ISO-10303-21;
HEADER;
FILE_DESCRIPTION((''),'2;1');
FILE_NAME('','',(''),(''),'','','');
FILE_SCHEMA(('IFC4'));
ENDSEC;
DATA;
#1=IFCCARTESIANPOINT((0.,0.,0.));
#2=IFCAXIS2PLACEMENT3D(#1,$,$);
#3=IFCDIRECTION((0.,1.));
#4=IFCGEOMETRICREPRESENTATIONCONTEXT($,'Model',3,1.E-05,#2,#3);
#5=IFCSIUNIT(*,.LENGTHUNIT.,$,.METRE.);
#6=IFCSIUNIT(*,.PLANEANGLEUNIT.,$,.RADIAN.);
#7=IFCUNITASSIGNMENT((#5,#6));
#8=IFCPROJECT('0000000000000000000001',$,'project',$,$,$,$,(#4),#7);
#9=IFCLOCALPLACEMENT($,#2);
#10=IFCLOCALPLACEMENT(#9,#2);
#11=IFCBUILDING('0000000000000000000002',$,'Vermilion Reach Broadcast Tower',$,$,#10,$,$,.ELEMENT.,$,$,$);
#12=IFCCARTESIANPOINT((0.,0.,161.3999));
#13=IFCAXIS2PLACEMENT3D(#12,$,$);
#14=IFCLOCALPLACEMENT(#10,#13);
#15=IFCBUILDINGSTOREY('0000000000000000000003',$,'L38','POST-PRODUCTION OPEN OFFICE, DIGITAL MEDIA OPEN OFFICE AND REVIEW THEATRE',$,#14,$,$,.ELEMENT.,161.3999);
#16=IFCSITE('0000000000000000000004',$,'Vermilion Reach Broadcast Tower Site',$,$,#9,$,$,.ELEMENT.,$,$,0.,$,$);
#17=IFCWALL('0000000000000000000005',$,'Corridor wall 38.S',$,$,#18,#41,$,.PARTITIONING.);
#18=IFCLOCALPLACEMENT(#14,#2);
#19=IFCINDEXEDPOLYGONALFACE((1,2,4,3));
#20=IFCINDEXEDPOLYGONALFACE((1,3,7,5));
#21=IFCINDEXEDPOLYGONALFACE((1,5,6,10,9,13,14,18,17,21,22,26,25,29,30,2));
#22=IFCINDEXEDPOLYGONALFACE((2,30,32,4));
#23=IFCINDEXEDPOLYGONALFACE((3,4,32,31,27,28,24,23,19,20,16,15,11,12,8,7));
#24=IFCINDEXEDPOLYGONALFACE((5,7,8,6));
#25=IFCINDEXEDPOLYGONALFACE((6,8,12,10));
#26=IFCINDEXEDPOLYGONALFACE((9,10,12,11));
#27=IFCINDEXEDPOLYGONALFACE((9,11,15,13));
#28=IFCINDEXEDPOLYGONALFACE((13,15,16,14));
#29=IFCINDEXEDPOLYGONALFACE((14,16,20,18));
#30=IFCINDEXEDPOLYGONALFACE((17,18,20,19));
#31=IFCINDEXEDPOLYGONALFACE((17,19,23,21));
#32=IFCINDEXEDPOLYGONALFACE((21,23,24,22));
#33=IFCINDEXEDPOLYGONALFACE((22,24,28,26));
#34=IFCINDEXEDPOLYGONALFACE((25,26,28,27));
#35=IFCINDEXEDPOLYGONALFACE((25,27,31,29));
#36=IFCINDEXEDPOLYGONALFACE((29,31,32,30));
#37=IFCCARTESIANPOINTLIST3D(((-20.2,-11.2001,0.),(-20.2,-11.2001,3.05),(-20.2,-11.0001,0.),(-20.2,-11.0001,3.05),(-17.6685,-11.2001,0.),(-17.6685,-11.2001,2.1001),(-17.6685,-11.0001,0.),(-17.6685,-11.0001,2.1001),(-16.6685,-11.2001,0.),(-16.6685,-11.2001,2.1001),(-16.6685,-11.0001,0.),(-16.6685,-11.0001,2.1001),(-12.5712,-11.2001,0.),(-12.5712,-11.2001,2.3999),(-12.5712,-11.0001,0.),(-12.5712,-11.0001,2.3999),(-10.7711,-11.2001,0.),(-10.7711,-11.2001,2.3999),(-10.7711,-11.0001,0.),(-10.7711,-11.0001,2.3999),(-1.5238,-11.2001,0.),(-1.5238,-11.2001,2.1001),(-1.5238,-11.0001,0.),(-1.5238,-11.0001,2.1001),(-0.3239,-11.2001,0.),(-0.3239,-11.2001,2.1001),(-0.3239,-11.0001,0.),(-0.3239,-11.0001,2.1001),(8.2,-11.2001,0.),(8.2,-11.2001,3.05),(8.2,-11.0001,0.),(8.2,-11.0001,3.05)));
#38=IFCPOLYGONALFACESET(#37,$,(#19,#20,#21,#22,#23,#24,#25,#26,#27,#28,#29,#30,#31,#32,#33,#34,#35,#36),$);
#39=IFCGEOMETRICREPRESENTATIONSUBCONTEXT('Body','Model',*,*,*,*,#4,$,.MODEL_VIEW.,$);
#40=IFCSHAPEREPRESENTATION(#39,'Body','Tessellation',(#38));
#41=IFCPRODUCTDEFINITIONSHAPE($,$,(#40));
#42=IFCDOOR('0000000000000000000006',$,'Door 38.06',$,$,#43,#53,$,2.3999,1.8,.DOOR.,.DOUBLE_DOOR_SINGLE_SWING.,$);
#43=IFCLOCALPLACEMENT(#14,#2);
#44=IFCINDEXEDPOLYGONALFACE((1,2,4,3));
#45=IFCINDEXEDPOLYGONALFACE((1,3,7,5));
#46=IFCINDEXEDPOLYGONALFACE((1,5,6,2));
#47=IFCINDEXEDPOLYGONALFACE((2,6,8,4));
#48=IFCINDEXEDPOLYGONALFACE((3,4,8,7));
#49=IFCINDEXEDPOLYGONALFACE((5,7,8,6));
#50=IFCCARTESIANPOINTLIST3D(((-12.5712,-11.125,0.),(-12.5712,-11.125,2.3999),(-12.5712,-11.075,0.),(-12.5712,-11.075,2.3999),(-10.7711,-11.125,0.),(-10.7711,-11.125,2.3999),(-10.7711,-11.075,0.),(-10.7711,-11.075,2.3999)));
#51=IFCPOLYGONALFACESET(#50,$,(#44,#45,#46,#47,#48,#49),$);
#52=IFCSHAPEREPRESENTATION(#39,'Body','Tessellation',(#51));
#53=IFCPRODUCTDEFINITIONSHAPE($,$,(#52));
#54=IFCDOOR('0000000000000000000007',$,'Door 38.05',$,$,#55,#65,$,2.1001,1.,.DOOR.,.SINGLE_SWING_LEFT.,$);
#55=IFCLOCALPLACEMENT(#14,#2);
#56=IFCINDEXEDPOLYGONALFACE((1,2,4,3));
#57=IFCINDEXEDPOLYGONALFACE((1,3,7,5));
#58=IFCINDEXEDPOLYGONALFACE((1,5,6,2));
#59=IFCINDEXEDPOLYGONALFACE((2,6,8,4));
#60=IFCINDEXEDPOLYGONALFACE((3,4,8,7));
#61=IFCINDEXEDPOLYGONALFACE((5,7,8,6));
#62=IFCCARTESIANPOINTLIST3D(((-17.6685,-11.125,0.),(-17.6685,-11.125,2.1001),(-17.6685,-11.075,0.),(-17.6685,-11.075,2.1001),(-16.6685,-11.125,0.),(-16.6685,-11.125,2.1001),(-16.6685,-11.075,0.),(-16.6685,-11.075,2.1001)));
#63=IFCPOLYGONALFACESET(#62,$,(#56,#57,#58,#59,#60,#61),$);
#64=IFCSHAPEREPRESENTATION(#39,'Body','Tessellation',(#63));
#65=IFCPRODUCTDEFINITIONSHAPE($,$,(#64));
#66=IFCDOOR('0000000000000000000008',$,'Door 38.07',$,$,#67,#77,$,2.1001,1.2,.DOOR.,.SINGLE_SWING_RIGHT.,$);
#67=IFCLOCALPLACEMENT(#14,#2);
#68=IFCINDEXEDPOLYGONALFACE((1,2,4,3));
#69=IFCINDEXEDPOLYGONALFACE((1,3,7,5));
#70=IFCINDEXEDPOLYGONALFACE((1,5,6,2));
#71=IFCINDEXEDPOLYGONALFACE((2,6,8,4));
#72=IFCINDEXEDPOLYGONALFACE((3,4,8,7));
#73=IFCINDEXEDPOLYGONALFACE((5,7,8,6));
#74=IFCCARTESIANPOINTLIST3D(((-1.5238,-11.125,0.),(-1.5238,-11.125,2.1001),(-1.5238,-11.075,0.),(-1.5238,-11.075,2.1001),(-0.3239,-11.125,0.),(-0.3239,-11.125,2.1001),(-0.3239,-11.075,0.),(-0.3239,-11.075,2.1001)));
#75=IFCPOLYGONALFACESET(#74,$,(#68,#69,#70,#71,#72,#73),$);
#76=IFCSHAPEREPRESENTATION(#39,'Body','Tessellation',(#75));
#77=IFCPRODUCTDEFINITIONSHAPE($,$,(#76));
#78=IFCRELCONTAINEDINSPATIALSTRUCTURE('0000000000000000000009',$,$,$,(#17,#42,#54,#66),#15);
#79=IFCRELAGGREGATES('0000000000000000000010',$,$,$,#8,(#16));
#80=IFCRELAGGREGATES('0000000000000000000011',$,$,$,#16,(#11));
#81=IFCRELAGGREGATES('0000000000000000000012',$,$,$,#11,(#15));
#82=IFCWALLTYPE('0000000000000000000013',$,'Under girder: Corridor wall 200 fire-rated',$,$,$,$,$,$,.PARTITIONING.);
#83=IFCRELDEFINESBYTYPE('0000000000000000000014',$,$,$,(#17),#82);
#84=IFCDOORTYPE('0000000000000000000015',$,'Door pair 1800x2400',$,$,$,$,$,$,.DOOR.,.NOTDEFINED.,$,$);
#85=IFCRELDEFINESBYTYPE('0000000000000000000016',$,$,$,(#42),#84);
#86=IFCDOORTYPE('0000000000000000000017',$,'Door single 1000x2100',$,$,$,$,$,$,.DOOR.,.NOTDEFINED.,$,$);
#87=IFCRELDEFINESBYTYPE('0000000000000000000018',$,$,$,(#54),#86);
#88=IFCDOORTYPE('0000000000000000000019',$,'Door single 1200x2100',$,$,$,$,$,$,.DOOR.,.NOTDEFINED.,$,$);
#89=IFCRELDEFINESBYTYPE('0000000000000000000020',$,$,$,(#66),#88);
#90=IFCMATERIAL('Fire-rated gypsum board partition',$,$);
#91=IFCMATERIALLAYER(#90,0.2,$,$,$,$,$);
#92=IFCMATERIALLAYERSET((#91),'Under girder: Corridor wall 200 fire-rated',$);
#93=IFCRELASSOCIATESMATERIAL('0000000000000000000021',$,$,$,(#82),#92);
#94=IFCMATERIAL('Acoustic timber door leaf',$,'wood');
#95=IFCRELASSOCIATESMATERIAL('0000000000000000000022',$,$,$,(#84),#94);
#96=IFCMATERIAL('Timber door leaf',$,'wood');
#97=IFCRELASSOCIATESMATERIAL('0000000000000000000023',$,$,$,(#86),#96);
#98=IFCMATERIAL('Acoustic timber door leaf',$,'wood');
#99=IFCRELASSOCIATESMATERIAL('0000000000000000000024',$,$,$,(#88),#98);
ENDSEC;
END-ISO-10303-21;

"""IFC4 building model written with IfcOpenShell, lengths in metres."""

from ifc_helpers import new_model, si_unit, direction, frame, frame_2d, origin, place, context, subcontext, project, spatial, rectangle, extrude, material, layer, layer_set, type_object, element, fill, save


model = new_model("IFC4")

# Units and contexts
model_context = context("Model", 3, precision=1e-05, world=origin(), true_north=direction((0.0, 1.0)))
body_context = subcontext(model_context, "Body", "Model", "MODEL_VIEW")
ifc_project = project(units=[si_unit("LENGTHUNIT", "METRE"), si_unit("PLANEANGLEUNIT", "RADIAN")], contexts=[model_context])

# Site, building, storey
site_placement = place(None, origin())
site = spatial("IfcSite", under=ifc_project, at=site_placement, Name="Vermilion Reach Broadcast Tower Site", CompositionType="ELEMENT", RefElevation=0.0)
building_placement = place(site_placement, origin())
building = spatial("IfcBuilding", under=site, at=building_placement, Name="Vermilion Reach Broadcast Tower", CompositionType="ELEMENT")
storey_placement = place(building_placement, frame((0.0, 0.0, 161.3999)))
storey = spatial("IfcBuildingStorey", under=building, at=storey_placement, Name="L38", Description="POST-PRODUCTION OPEN OFFICE, DIGITAL MEDIA OPEN OFFICE AND REVIEW THEATRE", CompositionType="ELEMENT", Elevation=161.3999)

# Wall, openings, doors
ifc_material_1 = material(Name="Fire-rated gypsum board partition")
ifc_layer_1 = layer(ifc_material_1, 0.2)
ifc_layer_set_1 = layer_set([ifc_layer_1], Name="Under girder: Corridor wall 200 fire-rated")
wall_type_1 = type_object("IfcWallType", Name="Under girder: Corridor wall 200 fire-rated", PredefinedType="PARTITIONING", material=ifc_layer_set_1)
wall_1_placement = place(storey_placement, frame((8.2, -11.1001, 0.0), z_axis=(0.0, 0.0, 1.0), x_axis=(-1.0, 0.0, 0.0)))
wall_1 = element("IfcWall", 1, at=wall_1_placement, inside=storey, type_object=wall_type_1, Name="Corridor wall 38.S", PredefinedType="PARTITIONING", context=body_context, shape_type="SweptSolid", body=[
    extrude(rectangle(XDim=28.3999, YDim=0.2, at=frame_2d((14.2, 0.0))), origin(), (0.0, 0.0, 1.0), 3.05),
])
opening_1_placement = place(wall_1_placement, frame((24.8684, 0.0, 0.0)))
opening_1 = element("IfcOpeningElement", 2, at=opening_1_placement, cuts=wall_1, PredefinedType="OPENING", context=body_context, shape_type="SweptSolid", body=[
    extrude(rectangle(XDim=1.0, YDim=2.1001, at=frame_2d((0.5, 1.05))), frame((0.0, 0.1099, 0.0), z_axis=(0.0, -1.0, 0.0), x_axis=(1.0, 0.0, 0.0)), (0.0, 0.0, 1.0), 0.22),
])
opening_2_placement = place(wall_1_placement, frame((18.9712, 0.0, 0.0)))
opening_2 = element("IfcOpeningElement", 3, at=opening_2_placement, cuts=wall_1, PredefinedType="OPENING", context=body_context, shape_type="SweptSolid", body=[
    extrude(rectangle(XDim=1.8, YDim=2.3999, at=frame_2d((0.8999, 1.2))), frame((0.0, 0.1099, 0.0), z_axis=(0.0, -1.0, 0.0), x_axis=(1.0, 0.0, 0.0)), (0.0, 0.0, 1.0), 0.22),
])
opening_3_placement = place(wall_1_placement, frame((8.5237, 0.0, 0.0)))
opening_3 = element("IfcOpeningElement", 4, at=opening_3_placement, cuts=wall_1, PredefinedType="OPENING", context=body_context, shape_type="SweptSolid", body=[
    extrude(rectangle(XDim=1.2, YDim=2.1001, at=frame_2d((0.6001, 1.05))), frame((0.0, 0.1099, 0.0), z_axis=(0.0, -1.0, 0.0), x_axis=(1.0, 0.0, 0.0)), (0.0, 0.0, 1.0), 0.22),
])
ifc_material_2 = material(Name="Acoustic timber door leaf", Category="wood")
door_type_1 = type_object("IfcDoorType", Name="Door pair 1800x2400", OperationType="NOTDEFINED", PredefinedType="DOOR", material=ifc_material_2)
door_1_placement = place(opening_2_placement, origin())
door_1 = element("IfcDoor", 5, at=door_1_placement, inside=storey, type_object=door_type_1, Name="Door 38.06", OperationType="DOUBLE_DOOR_SINGLE_SWING", OverallHeight=2.3999, OverallWidth=1.8, PredefinedType="DOOR", context=body_context, shape_type="SweptSolid", body=[
    extrude(rectangle(XDim=1.8, YDim=2.3999, at=frame_2d((0.8999, 1.2))), frame((0.0, 0.0249, 0.0), z_axis=(0.0, -1.0, 0.0), x_axis=(1.0, 0.0, 0.0)), (0.0, 0.0, 1.0), 0.05),
])
fill(opening_2, door_1)
ifc_material_3 = material(Name="Timber door leaf", Category="wood")
door_type_2 = type_object("IfcDoorType", Name="Door single 1000x2100", OperationType="NOTDEFINED", PredefinedType="DOOR", material=ifc_material_3)
door_2_placement = place(opening_1_placement, origin())
door_2 = element("IfcDoor", 6, at=door_2_placement, inside=storey, type_object=door_type_2, Name="Door 38.05", OperationType="SINGLE_SWING_LEFT", OverallHeight=2.1001, OverallWidth=1.0, PredefinedType="DOOR", context=body_context, shape_type="SweptSolid", body=[
    extrude(rectangle(XDim=1.0, YDim=2.1001, at=frame_2d((0.5, 1.05))), frame((0.0, 0.0249, 0.0), z_axis=(0.0, -1.0, 0.0), x_axis=(1.0, 0.0, 0.0)), (0.0, 0.0, 1.0), 0.05),
])
fill(opening_1, door_2)
ifc_material_4 = material(Name="Acoustic timber door leaf", Category="wood")
door_type_3 = type_object("IfcDoorType", Name="Door single 1200x2100", OperationType="NOTDEFINED", PredefinedType="DOOR", material=ifc_material_4)
door_3_placement = place(opening_3_placement, origin())
door_3 = element("IfcDoor", 7, at=door_3_placement, inside=storey, type_object=door_type_3, Name="Door 38.07", OperationType="SINGLE_SWING_RIGHT", OverallHeight=2.1001, OverallWidth=1.2, PredefinedType="DOOR", context=body_context, shape_type="SweptSolid", body=[
    extrude(rectangle(XDim=1.2, YDim=2.1001, at=frame_2d((0.6001, 1.05))), frame((0.0, 0.0249, 0.0), z_axis=(0.0, -1.0, 0.0), x_axis=(1.0, 0.0, 0.0)), (0.0, 0.0, 1.0), 0.05),
])
fill(opening_3, door_3)

save(model, "model.ifc")
